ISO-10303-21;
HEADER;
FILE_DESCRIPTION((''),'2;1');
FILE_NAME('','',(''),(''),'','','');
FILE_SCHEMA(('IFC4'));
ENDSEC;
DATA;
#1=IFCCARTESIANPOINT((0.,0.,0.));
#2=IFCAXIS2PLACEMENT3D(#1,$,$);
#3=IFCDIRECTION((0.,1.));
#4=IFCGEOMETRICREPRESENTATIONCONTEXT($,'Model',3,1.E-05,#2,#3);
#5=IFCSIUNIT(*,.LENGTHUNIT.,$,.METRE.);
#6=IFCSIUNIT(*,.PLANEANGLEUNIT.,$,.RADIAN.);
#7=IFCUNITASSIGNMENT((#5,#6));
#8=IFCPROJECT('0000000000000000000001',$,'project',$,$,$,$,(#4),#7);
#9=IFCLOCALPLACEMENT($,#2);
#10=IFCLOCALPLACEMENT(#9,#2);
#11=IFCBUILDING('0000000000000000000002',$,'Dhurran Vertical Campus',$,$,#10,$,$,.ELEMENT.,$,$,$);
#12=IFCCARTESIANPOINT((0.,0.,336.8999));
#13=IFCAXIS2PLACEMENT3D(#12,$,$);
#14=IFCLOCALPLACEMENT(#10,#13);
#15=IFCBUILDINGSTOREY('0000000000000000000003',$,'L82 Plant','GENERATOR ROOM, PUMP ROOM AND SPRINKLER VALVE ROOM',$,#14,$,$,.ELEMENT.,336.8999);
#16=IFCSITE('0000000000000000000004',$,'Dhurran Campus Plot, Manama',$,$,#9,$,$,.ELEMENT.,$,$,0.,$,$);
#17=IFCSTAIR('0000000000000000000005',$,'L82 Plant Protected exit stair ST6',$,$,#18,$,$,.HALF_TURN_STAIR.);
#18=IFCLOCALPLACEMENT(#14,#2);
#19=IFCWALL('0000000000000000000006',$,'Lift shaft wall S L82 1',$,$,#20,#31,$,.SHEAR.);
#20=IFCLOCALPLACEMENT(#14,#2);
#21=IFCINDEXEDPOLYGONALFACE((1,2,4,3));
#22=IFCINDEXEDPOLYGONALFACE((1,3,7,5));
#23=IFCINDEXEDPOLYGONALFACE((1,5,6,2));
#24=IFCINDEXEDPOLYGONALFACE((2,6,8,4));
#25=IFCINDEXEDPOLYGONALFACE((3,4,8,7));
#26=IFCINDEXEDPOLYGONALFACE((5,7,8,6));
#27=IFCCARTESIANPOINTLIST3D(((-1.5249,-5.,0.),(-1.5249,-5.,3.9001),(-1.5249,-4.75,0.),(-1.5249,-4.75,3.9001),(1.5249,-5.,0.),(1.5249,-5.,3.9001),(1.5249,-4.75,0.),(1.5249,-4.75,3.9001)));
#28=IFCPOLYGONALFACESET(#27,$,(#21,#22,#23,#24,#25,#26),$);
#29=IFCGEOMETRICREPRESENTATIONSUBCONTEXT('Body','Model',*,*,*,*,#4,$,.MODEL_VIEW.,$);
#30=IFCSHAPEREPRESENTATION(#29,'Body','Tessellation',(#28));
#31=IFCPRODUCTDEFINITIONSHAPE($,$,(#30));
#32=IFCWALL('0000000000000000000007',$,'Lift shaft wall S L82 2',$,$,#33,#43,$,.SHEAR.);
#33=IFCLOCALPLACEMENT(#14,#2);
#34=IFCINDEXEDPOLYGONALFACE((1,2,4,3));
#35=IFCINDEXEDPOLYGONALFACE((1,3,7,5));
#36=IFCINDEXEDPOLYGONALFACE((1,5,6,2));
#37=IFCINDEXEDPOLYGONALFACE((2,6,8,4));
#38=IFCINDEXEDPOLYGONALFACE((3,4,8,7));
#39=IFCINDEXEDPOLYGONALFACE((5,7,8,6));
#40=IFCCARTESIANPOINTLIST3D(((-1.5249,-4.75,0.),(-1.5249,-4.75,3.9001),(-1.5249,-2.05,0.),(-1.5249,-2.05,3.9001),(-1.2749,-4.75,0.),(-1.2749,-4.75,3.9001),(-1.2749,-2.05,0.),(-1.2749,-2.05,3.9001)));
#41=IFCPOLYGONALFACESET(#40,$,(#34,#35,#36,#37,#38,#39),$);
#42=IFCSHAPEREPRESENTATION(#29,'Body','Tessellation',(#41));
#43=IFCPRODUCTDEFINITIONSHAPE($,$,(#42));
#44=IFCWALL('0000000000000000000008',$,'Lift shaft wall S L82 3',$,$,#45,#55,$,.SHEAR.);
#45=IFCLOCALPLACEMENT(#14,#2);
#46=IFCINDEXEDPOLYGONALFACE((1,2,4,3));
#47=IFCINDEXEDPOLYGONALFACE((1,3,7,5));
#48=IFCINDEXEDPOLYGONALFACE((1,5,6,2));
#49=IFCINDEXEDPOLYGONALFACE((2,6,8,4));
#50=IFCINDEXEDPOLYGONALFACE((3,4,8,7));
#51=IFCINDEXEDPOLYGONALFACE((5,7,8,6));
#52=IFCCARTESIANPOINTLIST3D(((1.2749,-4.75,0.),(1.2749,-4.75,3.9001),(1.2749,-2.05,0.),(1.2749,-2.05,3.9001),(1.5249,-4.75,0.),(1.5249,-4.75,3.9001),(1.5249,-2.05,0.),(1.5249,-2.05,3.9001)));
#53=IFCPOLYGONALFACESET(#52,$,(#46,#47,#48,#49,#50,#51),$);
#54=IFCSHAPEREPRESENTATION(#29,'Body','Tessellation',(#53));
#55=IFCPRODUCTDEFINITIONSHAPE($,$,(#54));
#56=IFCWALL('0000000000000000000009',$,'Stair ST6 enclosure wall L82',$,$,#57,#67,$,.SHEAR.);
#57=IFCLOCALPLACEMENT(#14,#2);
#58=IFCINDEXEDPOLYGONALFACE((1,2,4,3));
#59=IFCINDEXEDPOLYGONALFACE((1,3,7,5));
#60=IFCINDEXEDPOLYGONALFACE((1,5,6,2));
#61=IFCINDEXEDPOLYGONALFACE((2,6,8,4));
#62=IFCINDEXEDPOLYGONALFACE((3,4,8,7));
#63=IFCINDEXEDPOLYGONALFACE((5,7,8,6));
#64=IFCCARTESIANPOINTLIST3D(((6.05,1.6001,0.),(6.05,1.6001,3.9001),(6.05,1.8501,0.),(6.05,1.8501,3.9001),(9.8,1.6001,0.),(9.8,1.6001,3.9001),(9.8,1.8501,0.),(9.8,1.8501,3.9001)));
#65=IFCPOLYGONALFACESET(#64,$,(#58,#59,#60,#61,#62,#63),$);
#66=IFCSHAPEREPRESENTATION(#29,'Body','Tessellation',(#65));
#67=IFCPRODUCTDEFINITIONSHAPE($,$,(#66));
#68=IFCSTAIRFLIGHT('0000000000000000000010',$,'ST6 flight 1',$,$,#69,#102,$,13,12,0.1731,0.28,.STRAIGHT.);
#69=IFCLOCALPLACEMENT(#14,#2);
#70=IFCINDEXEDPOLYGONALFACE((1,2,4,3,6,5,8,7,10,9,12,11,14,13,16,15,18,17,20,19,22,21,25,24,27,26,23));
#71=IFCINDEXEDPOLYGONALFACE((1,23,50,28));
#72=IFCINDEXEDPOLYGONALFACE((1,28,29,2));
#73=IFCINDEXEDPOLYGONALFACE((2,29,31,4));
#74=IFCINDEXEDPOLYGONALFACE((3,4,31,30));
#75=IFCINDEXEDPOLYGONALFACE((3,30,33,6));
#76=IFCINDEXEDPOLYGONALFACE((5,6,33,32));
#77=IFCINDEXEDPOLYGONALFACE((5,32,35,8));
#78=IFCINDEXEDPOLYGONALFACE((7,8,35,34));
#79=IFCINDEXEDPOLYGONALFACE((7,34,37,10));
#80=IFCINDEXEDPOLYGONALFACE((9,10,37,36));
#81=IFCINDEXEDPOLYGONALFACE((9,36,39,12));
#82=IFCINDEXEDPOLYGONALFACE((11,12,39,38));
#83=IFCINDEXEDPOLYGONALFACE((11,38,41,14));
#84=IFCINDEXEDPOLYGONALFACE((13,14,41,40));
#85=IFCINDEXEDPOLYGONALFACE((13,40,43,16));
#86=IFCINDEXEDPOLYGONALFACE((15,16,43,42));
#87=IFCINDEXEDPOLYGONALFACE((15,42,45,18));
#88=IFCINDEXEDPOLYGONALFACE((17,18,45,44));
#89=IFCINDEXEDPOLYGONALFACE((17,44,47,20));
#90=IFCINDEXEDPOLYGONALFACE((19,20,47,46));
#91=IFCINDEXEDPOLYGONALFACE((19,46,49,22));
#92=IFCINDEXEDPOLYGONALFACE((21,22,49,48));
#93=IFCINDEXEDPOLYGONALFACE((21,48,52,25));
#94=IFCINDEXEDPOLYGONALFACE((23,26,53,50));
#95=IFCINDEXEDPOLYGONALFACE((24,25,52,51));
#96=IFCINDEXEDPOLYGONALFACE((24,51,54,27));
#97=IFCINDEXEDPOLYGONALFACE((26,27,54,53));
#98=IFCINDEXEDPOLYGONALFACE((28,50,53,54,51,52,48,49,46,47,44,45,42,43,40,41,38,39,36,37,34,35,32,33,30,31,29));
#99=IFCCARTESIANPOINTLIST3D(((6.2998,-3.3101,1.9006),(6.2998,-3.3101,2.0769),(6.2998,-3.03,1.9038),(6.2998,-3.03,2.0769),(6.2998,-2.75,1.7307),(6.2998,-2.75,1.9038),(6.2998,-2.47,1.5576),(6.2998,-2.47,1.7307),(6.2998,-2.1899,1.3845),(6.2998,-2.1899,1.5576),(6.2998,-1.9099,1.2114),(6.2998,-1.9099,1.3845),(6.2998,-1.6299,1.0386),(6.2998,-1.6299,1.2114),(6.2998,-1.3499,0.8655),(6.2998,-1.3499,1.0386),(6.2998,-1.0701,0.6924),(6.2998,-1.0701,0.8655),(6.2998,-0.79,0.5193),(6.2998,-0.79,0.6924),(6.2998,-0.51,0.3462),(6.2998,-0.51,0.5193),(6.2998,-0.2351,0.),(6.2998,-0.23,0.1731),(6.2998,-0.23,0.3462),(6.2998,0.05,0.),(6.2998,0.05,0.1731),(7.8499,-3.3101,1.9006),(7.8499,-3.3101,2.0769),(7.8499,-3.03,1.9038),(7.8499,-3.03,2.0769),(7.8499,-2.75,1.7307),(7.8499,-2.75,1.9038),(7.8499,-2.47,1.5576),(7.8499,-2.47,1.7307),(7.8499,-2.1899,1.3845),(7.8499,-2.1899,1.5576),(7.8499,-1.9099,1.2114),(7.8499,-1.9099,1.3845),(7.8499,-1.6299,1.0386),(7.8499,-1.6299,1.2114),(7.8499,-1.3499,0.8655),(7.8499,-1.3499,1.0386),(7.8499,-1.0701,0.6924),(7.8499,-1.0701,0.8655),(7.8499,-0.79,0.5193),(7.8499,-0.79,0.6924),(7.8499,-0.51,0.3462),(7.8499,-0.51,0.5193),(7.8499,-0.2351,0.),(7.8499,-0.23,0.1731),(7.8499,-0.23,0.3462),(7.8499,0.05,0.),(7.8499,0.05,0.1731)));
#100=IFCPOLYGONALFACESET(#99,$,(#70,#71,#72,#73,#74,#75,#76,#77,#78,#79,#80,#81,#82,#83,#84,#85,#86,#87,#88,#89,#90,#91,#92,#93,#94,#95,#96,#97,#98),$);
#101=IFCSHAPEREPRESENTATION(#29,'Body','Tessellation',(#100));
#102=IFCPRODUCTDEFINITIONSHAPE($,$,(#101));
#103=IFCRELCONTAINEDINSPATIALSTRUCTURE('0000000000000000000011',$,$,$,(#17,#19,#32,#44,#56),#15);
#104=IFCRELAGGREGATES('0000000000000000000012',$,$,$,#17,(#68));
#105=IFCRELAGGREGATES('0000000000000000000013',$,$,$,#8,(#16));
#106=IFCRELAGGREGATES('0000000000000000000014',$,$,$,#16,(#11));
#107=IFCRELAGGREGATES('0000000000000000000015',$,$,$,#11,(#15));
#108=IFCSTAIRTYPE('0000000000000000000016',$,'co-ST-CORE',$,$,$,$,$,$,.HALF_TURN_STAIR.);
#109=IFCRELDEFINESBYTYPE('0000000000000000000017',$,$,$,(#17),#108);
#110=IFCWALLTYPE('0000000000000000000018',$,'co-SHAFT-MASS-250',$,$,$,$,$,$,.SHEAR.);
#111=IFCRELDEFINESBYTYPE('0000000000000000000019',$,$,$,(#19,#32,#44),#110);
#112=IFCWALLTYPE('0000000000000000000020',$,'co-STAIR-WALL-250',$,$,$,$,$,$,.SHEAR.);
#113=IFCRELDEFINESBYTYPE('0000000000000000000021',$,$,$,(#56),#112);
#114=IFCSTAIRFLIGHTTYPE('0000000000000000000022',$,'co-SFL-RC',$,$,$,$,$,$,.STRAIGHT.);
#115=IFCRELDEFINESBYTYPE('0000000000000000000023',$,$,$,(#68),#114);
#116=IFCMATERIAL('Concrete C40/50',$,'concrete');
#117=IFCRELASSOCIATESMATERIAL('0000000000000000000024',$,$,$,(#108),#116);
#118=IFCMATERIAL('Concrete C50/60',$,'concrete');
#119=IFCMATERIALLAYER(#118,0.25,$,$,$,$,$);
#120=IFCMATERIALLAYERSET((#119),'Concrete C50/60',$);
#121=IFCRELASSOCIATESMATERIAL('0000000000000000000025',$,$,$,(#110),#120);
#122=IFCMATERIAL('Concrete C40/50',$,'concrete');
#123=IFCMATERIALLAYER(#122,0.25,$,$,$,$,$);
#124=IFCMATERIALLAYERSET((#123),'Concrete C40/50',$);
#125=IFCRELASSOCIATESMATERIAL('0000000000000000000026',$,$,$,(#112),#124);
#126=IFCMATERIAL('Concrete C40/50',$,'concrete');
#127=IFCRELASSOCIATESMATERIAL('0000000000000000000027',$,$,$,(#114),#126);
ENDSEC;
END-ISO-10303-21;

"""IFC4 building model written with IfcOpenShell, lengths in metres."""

from ifc_helpers import new_model, si_unit, direction, frame, frame_2d, origin, place, context, subcontext, project, spatial, polyline, rectangle, outline, extrude, material, layer, layer_set, type_object, element, aggregate, save


model = new_model("IFC4")

# Units and contexts
model_context = context("Model", 3, precision=1e-05, world=origin(), true_north=direction((0.0, 1.0)))
body_context = subcontext(model_context, "Body", "Model", "MODEL_VIEW")
ifc_project = project(units=[si_unit("LENGTHUNIT", "METRE"), si_unit("PLANEANGLEUNIT", "RADIAN")], contexts=[model_context])

# Site, building, storey
site_placement = place(None, origin())
site = spatial("IfcSite", under=ifc_project, at=site_placement, Name="Dhurran Campus Plot, Manama", CompositionType="ELEMENT", RefElevation=0.0)
building_placement = place(site_placement, origin())
building = spatial("IfcBuilding", under=site, at=building_placement, Name="Dhurran Vertical Campus", CompositionType="ELEMENT")
storey_placement = place(building_placement, frame((0.0, 0.0, 336.8999)))
storey = spatial("IfcBuildingStorey", under=building, at=storey_placement, Name="L82 Plant", Description="GENERATOR ROOM, PUMP ROOM AND SPRINKLER VALVE ROOM", CompositionType="ELEMENT", Elevation=336.8999)

# Stair
ifc_material_1 = material(Name="Concrete C40/50", Category="concrete")
stair_type = type_object("IfcStairType", Name="co-ST-CORE", PredefinedType="HALF_TURN_STAIR", material=ifc_material_1)
stair_1_placement = place(storey_placement, origin())
stair_1 = element("IfcStair", 1, at=stair_1_placement, inside=storey, type_object=stair_type, Name="L82 Plant Protected exit stair ST6", PredefinedType="HALF_TURN_STAIR")

# Walls
ifc_material_2 = material(Name="Concrete C50/60", Category="concrete")
ifc_layer_1 = layer(ifc_material_2, 0.25)
ifc_layer_set_1 = layer_set([ifc_layer_1], Name="Concrete C50/60")
wall_type_1 = type_object("IfcWallType", Name="co-SHAFT-MASS-250", PredefinedType="SHEAR", material=ifc_layer_set_1)
wall_1_placement = place(storey_placement, origin())
element("IfcWall", 2, at=wall_1_placement, inside=storey, type_object=wall_type_1, Name="Lift shaft wall S L82 1", PredefinedType="SHEAR", context=body_context, shape_type="SweptSolid", body=[
    extrude(outline(polyline([(-1.5249, -5.0), (1.5249, -5.0), (1.5249, -4.75), (-1.5249, -4.75), (-1.5249, -5.0)])), origin(), (0.0, 0.0, 1.0), 3.9001),
])
wall_2_placement = place(storey_placement, origin())
element("IfcWall", 3, at=wall_2_placement, inside=storey, type_object=wall_type_1, Name="Lift shaft wall S L82 2", PredefinedType="SHEAR", context=body_context, shape_type="SweptSolid", body=[
    extrude(outline(polyline([(-1.5249, -4.75), (-1.2749, -4.75), (-1.2749, -2.05), (-1.5249, -2.05), (-1.5249, -4.75)])), origin(), (0.0, 0.0, 1.0), 3.9001),
])
wall_3_placement = place(storey_placement, origin())
element("IfcWall", 4, at=wall_3_placement, inside=storey, type_object=wall_type_1, Name="Lift shaft wall S L82 3", PredefinedType="SHEAR", context=body_context, shape_type="SweptSolid", body=[
    extrude(outline(polyline([(1.2749, -4.75), (1.5249, -4.75), (1.5249, -2.05), (1.2749, -2.05), (1.2749, -4.75)])), origin(), (0.0, 0.0, 1.0), 3.9001),
])
ifc_material_3 = material(Name="Concrete C40/50", Category="concrete")
ifc_layer_2 = layer(ifc_material_3, 0.25)
ifc_layer_set_2 = layer_set([ifc_layer_2], Name="Concrete C40/50")
wall_type_2 = type_object("IfcWallType", Name="co-STAIR-WALL-250", PredefinedType="SHEAR", material=ifc_layer_set_2)
wall_4_placement = place(storey_placement, frame((6.05, 1.7251, 0.0), z_axis=(0.0, 0.0, 1.0), x_axis=(1.0, 0.0, 0.0)))
element("IfcWall", 5, at=wall_4_placement, inside=storey, type_object=wall_type_2, Name="Stair ST6 enclosure wall L82", PredefinedType="SHEAR", context=body_context, shape_type="SweptSolid", body=[
    extrude(rectangle(XDim=3.75, YDim=0.25, at=frame_2d((1.875, 0.0))), origin(), (0.0, 0.0, 1.0), 3.9001),
])

# Stair flight
ifc_material_4 = material(Name="Concrete C40/50", Category="concrete")
stair_flight_type = type_object("IfcStairFlightType", Name="co-SFL-RC", PredefinedType="STRAIGHT", material=ifc_material_4)
stair_flight_placement = place(storey_placement, frame((7.075, 0.05, 0.0), z_axis=(0.0, 0.0, 1.0), x_axis=(0.0, -1.0, 0.0)))
stair_flight = element("IfcStairFlight", 6, at=stair_flight_placement, type_object=stair_flight_type, Name="ST6 flight 1", NumberOfRisers=13, NumberOfTreads=12, PredefinedType="STRAIGHT", RiserHeight=0.1731, TreadLength=0.28, context=body_context, shape_type="SweptSolid", body=[
    extrude(outline(polyline([(0.0, 0.0), (0.0, 0.1731), (0.28, 0.1731), (0.28, 0.3462), (0.5601, 0.3462), (0.5601, 0.5193), (0.8401, 0.5193), (0.8401, 0.6924), (1.1201, 0.6924), (1.1201, 0.8655), (1.3999, 0.8655), (1.3999, 1.0386), (1.6799, 1.0386), (1.6799, 1.2114), (1.96, 1.2114), (1.96, 1.3845), (2.24, 1.3845), (2.24, 1.5576), (2.52, 1.5576), (2.52, 1.7307), (2.8, 1.7307), (2.8, 1.9038), (3.0801, 1.9038), (3.0801, 2.0769), (3.3601, 2.0769), (3.3601, 2.25), (3.3601, 1.9006), (0.2852, 0.0), (0.0, 0.0)])), frame((0.0, 0.7749, 0.0), z_axis=(0.0, -1.0, 0.0), x_axis=(1.0, 0.0, 0.0)), (0.0, 0.0, 1.0), 1.55),
])
aggregate(stair_1, [stair_flight])

save(model, "model.ifc")
